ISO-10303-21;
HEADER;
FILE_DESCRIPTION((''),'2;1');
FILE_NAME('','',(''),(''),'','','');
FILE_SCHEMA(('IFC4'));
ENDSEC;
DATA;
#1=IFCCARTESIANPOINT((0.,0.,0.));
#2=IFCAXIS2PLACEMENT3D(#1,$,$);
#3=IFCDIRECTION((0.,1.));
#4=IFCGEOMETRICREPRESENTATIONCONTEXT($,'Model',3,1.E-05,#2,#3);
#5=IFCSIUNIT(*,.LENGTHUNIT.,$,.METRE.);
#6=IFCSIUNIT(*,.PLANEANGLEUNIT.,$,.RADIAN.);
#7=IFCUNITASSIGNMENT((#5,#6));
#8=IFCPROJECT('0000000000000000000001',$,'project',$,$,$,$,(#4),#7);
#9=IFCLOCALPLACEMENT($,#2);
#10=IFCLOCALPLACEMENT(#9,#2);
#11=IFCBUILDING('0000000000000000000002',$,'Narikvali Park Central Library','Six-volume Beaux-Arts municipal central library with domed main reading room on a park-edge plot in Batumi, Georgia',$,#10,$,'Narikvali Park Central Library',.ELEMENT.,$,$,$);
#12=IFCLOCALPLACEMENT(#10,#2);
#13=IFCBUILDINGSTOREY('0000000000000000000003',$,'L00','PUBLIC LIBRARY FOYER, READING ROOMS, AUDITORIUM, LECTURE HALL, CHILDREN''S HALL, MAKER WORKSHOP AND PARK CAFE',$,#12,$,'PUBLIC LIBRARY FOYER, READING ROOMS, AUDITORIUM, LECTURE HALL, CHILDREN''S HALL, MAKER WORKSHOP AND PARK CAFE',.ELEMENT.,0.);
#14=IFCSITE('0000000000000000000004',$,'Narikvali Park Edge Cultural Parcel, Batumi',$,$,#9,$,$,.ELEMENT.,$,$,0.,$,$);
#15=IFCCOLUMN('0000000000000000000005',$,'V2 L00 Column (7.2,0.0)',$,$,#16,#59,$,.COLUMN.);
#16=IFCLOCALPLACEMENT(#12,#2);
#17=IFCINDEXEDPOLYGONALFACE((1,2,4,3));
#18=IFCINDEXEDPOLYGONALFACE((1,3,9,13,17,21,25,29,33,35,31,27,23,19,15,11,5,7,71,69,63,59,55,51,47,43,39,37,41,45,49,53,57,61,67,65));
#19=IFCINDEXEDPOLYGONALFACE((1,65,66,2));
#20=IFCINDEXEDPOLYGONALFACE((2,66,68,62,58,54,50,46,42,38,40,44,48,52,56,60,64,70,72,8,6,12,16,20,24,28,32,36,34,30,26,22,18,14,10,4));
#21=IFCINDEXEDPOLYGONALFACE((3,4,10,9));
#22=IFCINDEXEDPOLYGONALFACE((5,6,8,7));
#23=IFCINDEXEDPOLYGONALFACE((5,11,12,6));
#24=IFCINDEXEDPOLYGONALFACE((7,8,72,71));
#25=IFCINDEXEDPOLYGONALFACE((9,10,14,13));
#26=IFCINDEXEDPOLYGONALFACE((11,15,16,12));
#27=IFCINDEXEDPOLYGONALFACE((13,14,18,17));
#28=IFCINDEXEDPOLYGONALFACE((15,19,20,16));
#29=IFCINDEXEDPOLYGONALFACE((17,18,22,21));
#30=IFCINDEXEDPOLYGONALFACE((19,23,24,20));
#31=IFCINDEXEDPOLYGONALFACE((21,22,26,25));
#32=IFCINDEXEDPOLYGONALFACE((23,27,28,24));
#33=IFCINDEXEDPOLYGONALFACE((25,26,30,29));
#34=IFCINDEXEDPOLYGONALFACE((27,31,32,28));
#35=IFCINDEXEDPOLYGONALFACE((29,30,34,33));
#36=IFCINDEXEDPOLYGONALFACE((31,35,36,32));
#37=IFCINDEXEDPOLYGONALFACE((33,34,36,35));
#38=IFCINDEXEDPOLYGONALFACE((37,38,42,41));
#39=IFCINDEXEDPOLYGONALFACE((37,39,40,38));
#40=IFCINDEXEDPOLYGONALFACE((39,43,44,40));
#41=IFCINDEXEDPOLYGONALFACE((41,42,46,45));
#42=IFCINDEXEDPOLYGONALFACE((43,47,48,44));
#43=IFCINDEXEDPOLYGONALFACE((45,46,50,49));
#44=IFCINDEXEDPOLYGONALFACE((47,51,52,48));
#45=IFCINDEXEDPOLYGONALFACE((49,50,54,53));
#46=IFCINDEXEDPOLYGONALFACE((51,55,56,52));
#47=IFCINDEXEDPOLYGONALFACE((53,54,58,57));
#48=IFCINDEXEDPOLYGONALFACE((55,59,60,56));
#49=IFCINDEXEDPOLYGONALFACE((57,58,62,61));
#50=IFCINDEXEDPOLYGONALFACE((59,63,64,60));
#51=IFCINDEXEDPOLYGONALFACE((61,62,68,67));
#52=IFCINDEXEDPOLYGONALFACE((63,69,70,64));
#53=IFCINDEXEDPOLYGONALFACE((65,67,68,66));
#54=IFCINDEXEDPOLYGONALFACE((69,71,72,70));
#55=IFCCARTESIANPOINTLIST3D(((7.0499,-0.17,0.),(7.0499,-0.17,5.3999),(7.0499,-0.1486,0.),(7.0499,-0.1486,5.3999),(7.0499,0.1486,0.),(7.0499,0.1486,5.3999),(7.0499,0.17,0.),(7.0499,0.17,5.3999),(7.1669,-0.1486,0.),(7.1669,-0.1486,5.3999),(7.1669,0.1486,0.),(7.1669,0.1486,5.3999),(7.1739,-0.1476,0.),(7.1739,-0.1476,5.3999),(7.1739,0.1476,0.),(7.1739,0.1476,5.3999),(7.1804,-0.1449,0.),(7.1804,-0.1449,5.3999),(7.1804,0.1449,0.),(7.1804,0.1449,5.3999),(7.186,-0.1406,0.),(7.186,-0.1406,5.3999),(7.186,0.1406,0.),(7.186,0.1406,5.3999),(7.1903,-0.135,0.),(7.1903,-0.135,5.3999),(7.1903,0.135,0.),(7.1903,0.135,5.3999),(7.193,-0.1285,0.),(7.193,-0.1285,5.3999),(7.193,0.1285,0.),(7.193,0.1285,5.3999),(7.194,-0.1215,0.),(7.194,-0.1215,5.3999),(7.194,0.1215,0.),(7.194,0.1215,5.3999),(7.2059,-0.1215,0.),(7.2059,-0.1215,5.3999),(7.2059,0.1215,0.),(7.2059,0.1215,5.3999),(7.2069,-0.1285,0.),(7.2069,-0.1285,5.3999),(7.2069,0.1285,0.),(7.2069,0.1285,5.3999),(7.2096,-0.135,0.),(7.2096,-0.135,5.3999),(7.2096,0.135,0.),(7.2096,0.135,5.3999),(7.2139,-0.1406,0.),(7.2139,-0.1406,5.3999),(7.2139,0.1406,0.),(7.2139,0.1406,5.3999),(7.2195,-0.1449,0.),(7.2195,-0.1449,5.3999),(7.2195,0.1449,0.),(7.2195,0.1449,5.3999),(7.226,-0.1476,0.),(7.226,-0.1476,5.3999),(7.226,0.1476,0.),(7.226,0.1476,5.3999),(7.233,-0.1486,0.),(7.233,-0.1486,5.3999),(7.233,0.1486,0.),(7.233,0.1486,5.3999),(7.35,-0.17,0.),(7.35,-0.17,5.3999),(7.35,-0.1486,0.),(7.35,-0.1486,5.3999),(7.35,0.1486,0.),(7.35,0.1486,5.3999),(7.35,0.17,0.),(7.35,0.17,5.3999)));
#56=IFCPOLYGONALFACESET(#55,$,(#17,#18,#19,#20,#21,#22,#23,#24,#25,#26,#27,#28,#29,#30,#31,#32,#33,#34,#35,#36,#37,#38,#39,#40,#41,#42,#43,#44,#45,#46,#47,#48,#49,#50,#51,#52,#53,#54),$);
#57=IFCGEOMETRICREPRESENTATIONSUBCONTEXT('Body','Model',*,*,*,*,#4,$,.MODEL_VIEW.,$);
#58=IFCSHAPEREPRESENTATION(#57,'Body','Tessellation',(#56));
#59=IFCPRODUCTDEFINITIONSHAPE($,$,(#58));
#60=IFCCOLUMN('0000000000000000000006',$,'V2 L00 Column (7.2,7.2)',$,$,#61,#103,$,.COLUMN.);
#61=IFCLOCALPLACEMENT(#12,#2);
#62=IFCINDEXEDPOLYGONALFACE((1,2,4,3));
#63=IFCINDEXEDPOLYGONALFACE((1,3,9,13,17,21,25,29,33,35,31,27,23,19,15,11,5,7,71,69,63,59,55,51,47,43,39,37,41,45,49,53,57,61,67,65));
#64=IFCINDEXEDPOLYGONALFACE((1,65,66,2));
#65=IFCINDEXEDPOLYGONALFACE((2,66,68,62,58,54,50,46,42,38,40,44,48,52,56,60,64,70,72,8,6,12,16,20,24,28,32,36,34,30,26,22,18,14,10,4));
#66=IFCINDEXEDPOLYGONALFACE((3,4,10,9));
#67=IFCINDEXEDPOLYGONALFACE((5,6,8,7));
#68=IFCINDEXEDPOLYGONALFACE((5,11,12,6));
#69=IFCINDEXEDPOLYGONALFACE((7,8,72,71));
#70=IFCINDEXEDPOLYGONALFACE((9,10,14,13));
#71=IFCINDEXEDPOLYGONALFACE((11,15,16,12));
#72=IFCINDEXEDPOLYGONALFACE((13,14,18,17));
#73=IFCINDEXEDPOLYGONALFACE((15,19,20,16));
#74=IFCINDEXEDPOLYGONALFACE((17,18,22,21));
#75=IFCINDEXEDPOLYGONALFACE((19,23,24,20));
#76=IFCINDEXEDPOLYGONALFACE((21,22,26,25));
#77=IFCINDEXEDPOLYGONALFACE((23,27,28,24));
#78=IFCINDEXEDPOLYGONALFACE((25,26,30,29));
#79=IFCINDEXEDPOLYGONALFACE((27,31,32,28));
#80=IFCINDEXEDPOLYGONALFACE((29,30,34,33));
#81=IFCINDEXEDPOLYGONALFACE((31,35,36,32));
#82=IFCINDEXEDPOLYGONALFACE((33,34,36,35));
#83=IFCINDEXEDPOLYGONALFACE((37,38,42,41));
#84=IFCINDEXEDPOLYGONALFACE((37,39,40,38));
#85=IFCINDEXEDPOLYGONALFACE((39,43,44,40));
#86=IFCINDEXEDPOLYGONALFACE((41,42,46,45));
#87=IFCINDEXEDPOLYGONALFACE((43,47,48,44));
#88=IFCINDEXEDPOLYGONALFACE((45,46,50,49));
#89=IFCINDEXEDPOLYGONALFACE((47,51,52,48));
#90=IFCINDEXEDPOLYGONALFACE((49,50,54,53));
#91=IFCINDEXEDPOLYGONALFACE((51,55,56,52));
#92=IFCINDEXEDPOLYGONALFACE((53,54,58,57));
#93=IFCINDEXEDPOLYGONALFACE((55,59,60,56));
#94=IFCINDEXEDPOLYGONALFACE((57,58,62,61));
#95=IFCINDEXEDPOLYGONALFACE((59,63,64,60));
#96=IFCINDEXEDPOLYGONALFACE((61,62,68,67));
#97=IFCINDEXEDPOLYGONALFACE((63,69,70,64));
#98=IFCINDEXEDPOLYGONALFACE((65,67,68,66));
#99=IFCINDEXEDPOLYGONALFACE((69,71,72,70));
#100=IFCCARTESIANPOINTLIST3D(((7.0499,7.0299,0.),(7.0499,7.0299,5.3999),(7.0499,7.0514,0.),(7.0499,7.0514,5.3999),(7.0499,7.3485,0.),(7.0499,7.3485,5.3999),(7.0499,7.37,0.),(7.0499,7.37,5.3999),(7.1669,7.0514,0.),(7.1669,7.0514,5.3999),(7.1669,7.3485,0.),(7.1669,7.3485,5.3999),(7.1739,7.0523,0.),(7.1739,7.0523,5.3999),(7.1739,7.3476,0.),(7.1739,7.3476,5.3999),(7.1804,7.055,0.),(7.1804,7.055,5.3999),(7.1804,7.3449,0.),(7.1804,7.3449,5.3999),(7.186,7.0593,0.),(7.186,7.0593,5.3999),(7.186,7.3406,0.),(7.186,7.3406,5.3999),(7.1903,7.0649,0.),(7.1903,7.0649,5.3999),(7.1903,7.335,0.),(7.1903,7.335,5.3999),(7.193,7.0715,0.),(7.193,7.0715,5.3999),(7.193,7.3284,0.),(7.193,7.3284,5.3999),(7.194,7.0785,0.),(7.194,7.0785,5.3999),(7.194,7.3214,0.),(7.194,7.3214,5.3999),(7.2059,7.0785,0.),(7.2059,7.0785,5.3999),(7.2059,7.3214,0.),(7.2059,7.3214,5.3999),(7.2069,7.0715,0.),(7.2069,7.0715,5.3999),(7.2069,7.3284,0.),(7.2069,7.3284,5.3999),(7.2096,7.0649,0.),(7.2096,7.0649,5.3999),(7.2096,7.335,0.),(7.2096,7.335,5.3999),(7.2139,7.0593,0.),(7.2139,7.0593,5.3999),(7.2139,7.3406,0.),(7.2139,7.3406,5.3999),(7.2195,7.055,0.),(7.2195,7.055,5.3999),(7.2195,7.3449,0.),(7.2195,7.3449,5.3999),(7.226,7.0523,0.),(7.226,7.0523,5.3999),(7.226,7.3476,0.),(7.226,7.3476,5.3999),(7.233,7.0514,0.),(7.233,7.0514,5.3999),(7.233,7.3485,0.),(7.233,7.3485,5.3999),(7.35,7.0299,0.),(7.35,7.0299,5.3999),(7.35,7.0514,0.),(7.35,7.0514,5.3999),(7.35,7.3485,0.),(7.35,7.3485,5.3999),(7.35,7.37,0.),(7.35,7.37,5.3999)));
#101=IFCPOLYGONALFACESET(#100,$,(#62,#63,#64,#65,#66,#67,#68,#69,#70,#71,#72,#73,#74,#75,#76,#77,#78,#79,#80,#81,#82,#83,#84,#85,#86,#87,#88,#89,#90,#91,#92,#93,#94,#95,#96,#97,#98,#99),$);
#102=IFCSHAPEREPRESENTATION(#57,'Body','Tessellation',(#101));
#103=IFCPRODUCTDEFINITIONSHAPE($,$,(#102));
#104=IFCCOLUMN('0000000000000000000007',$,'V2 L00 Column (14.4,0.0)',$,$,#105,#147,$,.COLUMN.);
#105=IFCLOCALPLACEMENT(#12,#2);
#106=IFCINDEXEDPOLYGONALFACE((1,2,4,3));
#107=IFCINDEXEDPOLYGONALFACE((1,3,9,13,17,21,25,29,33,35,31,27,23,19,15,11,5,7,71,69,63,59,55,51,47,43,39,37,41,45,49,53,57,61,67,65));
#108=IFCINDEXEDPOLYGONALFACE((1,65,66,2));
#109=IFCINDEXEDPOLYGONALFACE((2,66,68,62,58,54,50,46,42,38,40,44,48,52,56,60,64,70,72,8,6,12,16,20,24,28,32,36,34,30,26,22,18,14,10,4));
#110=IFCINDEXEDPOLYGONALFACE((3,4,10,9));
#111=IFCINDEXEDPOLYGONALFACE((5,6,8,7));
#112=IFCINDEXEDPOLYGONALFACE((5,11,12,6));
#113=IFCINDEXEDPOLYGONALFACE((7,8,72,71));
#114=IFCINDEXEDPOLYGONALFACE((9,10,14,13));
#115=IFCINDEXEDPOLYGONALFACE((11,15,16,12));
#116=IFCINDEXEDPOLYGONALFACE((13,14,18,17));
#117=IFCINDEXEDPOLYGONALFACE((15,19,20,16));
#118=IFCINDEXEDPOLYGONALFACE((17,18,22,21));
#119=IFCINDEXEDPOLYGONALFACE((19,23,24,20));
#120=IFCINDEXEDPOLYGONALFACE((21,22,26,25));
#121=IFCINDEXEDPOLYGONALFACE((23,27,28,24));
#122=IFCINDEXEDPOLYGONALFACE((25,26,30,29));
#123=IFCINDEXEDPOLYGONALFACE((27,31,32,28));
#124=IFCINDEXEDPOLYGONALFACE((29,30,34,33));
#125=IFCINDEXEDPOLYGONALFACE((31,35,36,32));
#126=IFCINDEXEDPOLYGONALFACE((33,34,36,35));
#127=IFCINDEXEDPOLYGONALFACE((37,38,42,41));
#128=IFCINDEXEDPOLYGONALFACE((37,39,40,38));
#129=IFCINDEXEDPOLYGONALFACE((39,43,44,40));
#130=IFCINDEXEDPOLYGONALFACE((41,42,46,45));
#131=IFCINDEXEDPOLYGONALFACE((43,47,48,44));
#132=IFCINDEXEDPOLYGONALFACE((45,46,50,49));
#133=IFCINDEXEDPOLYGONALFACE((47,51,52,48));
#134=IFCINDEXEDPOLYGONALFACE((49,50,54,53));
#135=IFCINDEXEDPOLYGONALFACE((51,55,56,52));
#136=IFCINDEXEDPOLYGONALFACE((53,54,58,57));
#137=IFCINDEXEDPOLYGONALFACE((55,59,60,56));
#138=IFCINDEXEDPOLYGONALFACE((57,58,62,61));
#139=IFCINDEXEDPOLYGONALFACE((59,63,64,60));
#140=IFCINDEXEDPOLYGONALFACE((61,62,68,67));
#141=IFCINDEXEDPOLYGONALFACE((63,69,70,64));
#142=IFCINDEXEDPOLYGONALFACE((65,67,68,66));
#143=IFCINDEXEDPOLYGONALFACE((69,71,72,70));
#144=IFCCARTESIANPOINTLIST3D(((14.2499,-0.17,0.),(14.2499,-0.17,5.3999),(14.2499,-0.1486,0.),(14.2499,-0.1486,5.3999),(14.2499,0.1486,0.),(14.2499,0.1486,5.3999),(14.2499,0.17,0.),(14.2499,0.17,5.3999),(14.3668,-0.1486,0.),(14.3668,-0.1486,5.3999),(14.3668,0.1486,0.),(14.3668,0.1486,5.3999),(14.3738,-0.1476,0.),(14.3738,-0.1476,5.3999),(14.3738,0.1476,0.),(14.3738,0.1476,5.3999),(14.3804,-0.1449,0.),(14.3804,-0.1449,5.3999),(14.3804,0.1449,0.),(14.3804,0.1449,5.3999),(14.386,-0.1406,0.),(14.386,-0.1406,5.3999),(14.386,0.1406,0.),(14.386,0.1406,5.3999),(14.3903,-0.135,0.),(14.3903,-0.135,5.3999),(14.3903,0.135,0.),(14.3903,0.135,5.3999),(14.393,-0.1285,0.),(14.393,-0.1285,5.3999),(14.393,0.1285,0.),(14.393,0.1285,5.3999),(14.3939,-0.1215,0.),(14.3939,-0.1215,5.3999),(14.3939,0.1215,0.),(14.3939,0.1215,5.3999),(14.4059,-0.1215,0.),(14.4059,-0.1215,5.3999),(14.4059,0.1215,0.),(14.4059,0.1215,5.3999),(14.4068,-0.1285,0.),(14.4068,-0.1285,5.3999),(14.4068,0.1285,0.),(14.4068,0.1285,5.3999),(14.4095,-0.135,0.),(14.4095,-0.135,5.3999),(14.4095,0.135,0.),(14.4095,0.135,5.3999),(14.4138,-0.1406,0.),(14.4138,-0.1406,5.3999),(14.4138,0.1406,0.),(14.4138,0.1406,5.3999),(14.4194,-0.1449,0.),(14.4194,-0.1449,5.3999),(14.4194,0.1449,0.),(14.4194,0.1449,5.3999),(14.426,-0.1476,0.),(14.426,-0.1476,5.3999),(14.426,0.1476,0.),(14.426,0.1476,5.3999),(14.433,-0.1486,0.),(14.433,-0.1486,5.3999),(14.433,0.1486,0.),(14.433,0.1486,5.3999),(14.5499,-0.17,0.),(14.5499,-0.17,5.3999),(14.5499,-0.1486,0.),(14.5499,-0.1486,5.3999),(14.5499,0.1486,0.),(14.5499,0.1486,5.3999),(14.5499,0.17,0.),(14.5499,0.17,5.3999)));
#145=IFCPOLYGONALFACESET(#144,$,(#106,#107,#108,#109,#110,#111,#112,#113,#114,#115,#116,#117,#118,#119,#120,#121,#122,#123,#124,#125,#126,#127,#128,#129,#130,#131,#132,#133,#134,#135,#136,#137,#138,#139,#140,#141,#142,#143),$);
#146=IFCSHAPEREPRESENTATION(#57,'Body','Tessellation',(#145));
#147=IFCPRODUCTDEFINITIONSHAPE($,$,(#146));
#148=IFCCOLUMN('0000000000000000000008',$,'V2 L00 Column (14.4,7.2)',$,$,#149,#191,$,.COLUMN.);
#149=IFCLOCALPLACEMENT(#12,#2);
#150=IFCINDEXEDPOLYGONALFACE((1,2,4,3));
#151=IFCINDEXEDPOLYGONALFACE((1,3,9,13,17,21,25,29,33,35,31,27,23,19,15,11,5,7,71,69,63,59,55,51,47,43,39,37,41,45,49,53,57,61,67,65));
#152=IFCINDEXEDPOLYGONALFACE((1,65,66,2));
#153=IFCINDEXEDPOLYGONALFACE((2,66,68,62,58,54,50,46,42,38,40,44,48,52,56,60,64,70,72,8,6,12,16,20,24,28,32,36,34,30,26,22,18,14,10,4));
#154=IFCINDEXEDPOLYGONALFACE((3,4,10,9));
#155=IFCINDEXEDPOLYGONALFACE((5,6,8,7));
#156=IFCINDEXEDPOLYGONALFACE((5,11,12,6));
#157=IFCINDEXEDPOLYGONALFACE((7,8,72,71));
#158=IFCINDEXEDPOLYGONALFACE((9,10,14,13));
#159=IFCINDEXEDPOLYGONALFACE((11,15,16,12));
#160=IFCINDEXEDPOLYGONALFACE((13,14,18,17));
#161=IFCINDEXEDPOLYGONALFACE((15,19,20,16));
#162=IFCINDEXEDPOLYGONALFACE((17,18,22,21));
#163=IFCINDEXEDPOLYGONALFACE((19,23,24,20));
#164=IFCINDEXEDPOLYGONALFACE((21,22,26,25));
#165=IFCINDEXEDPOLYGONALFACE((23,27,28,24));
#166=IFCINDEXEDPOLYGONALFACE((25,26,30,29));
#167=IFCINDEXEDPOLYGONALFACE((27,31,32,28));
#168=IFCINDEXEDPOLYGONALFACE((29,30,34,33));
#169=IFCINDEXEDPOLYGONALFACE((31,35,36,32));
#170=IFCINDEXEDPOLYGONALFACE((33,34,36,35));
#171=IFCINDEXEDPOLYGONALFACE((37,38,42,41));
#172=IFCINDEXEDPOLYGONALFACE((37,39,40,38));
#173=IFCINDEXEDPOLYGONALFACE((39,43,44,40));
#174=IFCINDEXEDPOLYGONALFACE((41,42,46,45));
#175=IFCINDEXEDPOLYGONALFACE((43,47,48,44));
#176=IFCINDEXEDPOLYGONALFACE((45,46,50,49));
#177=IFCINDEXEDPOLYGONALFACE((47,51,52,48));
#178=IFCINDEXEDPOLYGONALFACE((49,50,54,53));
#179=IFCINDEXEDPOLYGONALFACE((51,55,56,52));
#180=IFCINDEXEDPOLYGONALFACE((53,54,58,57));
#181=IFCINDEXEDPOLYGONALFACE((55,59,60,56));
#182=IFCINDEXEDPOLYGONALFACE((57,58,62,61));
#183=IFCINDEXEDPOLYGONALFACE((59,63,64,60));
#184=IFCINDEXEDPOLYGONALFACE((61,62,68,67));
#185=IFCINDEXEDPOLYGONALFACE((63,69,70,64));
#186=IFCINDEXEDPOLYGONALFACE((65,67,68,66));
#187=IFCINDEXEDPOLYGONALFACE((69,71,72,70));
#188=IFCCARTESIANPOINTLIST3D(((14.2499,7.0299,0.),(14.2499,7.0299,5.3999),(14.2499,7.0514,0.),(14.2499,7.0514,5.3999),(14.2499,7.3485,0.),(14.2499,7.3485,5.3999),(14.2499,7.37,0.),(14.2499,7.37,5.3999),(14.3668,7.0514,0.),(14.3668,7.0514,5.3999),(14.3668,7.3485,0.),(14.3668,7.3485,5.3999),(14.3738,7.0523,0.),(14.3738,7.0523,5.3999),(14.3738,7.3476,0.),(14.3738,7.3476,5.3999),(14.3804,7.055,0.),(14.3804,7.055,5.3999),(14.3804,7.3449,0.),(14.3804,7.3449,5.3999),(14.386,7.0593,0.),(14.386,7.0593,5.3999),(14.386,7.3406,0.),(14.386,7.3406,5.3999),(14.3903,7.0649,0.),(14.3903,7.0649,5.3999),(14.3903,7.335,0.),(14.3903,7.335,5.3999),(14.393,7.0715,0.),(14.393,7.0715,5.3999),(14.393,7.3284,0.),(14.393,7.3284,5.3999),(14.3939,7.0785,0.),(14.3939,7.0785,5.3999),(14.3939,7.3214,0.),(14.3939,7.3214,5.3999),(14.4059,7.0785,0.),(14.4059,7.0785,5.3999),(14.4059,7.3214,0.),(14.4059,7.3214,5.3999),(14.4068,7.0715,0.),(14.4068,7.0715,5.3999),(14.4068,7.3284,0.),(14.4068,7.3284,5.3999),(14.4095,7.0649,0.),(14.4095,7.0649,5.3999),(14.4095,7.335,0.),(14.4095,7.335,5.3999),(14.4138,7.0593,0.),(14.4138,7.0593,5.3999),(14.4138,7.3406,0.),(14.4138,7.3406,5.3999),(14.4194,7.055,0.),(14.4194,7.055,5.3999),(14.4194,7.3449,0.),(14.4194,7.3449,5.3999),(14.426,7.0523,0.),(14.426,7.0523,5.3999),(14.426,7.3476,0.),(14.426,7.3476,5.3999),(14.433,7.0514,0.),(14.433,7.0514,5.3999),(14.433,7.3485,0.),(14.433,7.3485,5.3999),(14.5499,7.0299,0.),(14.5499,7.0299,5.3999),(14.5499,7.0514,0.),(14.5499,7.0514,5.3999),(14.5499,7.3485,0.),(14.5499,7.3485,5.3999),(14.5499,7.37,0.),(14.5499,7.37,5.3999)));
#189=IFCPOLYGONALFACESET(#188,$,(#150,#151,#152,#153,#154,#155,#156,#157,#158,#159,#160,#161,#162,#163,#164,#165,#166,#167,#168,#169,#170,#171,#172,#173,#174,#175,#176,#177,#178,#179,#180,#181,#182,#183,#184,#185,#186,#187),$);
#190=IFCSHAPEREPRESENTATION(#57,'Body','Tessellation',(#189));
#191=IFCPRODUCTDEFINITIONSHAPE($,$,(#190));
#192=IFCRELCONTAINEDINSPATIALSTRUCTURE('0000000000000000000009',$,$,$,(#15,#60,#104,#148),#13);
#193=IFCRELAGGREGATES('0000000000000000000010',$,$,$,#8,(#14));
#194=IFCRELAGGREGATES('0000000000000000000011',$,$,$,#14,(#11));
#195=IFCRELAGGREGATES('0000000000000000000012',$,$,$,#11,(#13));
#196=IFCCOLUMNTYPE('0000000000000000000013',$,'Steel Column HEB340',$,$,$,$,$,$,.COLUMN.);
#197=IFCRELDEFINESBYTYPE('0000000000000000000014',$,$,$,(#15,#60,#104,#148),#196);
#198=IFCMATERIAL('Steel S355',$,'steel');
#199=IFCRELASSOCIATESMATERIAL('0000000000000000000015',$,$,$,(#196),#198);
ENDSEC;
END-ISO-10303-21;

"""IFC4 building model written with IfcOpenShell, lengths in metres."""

from ifc_helpers import new_model, si_unit, direction, frame, origin, origin_2d, place, context, subcontext, project, spatial, i_section, extrude, material, material_profile, profile_set, type_object, element, save


model = new_model("IFC4")

# Units and contexts
model_context = context("Model", 3, precision=1e-05, world=origin(), true_north=direction((0.0, 1.0)))
body_context = subcontext(model_context, "Body", "Model", "MODEL_VIEW")
ifc_project = project(units=[si_unit("LENGTHUNIT", "METRE"), si_unit("PLANEANGLEUNIT", "RADIAN")], contexts=[model_context])

# Site, building, storey
site_placement = place(None, origin())
site = spatial("IfcSite", under=ifc_project, at=site_placement, Name="Narikvali Park Edge Cultural Parcel, Batumi", CompositionType="ELEMENT", RefElevation=0.0)
building_placement = place(site_placement, origin())
building = spatial("IfcBuilding", under=site, at=building_placement, Name="Narikvali Park Central Library", Description="Six-volume Beaux-Arts municipal central library with domed main reading room on a park-edge plot in Batumi, Georgia", LongName="Narikvali Park Central Library", CompositionType="ELEMENT")
storey_placement = place(building_placement, origin())
storey = spatial("IfcBuildingStorey", under=building, at=storey_placement, Name="L00", Description="PUBLIC LIBRARY FOYER, READING ROOMS, AUDITORIUM, LECTURE HALL, CHILDREN'S HALL, MAKER WORKSHOP AND PARK CAFE", LongName="PUBLIC LIBRARY FOYER, READING ROOMS, AUDITORIUM, LECTURE HALL, CHILDREN'S HALL, MAKER WORKSHOP AND PARK CAFE", CompositionType="ELEMENT", Elevation=0.0)

# Columns
ifc_material_1 = material(Name="Steel S355", Category="steel")
ifc_material_profile_1 = material_profile(ifc_material_1, i_section(OverallWidth=0.3, OverallDepth=0.3401, WebThickness=0.012, FlangeThickness=0.0215, FilletRadius=0.0271, at=origin_2d()), Name="HEB 340")
ifc_profile_set_1 = profile_set([ifc_material_profile_1], Name="Steel S355")
column_type = type_object("IfcColumnType", Name="Steel Column HEB340", PredefinedType="COLUMN", material=ifc_profile_set_1)
for number, where, z_axis, x_axis, name in (
    (1, (7.2, 0.0, 0.0), (0.0, 0.0, 1.0), (1.0, 0.0, 0.0), "V2 L00 Column (7.2,0.0)"),
    (2, (7.2, 7.2, 0.0), (0.0, 0.0, 1.0), (1.0, 0.0, 0.0), "V2 L00 Column (7.2,7.2)"),
    (3, (14.3999, 0.0, 0.0), (0.0, 0.0, 1.0), (1.0, 0.0, 0.0), "V2 L00 Column (14.4,0.0)"),
    (4, (14.3999, 7.2, 0.0), (0.0, 0.0, 1.0), (1.0, 0.0, 0.0), "V2 L00 Column (14.4,7.2)"),
):
    element("IfcColumn", number, at=place(storey_placement, frame(where, z_axis=z_axis, x_axis=x_axis)), inside=storey, type_object=column_type, Name=name, PredefinedType="COLUMN", context=body_context, shape_type="SweptSolid", body=[
        extrude(i_section(OverallWidth=0.3, OverallDepth=0.3401, WebThickness=0.012, FlangeThickness=0.0215, FilletRadius=0.0271, at=origin_2d()), origin(), (0.0, 0.0, 1.0), 5.3999),
    ])

save(model, "model.ifc")
